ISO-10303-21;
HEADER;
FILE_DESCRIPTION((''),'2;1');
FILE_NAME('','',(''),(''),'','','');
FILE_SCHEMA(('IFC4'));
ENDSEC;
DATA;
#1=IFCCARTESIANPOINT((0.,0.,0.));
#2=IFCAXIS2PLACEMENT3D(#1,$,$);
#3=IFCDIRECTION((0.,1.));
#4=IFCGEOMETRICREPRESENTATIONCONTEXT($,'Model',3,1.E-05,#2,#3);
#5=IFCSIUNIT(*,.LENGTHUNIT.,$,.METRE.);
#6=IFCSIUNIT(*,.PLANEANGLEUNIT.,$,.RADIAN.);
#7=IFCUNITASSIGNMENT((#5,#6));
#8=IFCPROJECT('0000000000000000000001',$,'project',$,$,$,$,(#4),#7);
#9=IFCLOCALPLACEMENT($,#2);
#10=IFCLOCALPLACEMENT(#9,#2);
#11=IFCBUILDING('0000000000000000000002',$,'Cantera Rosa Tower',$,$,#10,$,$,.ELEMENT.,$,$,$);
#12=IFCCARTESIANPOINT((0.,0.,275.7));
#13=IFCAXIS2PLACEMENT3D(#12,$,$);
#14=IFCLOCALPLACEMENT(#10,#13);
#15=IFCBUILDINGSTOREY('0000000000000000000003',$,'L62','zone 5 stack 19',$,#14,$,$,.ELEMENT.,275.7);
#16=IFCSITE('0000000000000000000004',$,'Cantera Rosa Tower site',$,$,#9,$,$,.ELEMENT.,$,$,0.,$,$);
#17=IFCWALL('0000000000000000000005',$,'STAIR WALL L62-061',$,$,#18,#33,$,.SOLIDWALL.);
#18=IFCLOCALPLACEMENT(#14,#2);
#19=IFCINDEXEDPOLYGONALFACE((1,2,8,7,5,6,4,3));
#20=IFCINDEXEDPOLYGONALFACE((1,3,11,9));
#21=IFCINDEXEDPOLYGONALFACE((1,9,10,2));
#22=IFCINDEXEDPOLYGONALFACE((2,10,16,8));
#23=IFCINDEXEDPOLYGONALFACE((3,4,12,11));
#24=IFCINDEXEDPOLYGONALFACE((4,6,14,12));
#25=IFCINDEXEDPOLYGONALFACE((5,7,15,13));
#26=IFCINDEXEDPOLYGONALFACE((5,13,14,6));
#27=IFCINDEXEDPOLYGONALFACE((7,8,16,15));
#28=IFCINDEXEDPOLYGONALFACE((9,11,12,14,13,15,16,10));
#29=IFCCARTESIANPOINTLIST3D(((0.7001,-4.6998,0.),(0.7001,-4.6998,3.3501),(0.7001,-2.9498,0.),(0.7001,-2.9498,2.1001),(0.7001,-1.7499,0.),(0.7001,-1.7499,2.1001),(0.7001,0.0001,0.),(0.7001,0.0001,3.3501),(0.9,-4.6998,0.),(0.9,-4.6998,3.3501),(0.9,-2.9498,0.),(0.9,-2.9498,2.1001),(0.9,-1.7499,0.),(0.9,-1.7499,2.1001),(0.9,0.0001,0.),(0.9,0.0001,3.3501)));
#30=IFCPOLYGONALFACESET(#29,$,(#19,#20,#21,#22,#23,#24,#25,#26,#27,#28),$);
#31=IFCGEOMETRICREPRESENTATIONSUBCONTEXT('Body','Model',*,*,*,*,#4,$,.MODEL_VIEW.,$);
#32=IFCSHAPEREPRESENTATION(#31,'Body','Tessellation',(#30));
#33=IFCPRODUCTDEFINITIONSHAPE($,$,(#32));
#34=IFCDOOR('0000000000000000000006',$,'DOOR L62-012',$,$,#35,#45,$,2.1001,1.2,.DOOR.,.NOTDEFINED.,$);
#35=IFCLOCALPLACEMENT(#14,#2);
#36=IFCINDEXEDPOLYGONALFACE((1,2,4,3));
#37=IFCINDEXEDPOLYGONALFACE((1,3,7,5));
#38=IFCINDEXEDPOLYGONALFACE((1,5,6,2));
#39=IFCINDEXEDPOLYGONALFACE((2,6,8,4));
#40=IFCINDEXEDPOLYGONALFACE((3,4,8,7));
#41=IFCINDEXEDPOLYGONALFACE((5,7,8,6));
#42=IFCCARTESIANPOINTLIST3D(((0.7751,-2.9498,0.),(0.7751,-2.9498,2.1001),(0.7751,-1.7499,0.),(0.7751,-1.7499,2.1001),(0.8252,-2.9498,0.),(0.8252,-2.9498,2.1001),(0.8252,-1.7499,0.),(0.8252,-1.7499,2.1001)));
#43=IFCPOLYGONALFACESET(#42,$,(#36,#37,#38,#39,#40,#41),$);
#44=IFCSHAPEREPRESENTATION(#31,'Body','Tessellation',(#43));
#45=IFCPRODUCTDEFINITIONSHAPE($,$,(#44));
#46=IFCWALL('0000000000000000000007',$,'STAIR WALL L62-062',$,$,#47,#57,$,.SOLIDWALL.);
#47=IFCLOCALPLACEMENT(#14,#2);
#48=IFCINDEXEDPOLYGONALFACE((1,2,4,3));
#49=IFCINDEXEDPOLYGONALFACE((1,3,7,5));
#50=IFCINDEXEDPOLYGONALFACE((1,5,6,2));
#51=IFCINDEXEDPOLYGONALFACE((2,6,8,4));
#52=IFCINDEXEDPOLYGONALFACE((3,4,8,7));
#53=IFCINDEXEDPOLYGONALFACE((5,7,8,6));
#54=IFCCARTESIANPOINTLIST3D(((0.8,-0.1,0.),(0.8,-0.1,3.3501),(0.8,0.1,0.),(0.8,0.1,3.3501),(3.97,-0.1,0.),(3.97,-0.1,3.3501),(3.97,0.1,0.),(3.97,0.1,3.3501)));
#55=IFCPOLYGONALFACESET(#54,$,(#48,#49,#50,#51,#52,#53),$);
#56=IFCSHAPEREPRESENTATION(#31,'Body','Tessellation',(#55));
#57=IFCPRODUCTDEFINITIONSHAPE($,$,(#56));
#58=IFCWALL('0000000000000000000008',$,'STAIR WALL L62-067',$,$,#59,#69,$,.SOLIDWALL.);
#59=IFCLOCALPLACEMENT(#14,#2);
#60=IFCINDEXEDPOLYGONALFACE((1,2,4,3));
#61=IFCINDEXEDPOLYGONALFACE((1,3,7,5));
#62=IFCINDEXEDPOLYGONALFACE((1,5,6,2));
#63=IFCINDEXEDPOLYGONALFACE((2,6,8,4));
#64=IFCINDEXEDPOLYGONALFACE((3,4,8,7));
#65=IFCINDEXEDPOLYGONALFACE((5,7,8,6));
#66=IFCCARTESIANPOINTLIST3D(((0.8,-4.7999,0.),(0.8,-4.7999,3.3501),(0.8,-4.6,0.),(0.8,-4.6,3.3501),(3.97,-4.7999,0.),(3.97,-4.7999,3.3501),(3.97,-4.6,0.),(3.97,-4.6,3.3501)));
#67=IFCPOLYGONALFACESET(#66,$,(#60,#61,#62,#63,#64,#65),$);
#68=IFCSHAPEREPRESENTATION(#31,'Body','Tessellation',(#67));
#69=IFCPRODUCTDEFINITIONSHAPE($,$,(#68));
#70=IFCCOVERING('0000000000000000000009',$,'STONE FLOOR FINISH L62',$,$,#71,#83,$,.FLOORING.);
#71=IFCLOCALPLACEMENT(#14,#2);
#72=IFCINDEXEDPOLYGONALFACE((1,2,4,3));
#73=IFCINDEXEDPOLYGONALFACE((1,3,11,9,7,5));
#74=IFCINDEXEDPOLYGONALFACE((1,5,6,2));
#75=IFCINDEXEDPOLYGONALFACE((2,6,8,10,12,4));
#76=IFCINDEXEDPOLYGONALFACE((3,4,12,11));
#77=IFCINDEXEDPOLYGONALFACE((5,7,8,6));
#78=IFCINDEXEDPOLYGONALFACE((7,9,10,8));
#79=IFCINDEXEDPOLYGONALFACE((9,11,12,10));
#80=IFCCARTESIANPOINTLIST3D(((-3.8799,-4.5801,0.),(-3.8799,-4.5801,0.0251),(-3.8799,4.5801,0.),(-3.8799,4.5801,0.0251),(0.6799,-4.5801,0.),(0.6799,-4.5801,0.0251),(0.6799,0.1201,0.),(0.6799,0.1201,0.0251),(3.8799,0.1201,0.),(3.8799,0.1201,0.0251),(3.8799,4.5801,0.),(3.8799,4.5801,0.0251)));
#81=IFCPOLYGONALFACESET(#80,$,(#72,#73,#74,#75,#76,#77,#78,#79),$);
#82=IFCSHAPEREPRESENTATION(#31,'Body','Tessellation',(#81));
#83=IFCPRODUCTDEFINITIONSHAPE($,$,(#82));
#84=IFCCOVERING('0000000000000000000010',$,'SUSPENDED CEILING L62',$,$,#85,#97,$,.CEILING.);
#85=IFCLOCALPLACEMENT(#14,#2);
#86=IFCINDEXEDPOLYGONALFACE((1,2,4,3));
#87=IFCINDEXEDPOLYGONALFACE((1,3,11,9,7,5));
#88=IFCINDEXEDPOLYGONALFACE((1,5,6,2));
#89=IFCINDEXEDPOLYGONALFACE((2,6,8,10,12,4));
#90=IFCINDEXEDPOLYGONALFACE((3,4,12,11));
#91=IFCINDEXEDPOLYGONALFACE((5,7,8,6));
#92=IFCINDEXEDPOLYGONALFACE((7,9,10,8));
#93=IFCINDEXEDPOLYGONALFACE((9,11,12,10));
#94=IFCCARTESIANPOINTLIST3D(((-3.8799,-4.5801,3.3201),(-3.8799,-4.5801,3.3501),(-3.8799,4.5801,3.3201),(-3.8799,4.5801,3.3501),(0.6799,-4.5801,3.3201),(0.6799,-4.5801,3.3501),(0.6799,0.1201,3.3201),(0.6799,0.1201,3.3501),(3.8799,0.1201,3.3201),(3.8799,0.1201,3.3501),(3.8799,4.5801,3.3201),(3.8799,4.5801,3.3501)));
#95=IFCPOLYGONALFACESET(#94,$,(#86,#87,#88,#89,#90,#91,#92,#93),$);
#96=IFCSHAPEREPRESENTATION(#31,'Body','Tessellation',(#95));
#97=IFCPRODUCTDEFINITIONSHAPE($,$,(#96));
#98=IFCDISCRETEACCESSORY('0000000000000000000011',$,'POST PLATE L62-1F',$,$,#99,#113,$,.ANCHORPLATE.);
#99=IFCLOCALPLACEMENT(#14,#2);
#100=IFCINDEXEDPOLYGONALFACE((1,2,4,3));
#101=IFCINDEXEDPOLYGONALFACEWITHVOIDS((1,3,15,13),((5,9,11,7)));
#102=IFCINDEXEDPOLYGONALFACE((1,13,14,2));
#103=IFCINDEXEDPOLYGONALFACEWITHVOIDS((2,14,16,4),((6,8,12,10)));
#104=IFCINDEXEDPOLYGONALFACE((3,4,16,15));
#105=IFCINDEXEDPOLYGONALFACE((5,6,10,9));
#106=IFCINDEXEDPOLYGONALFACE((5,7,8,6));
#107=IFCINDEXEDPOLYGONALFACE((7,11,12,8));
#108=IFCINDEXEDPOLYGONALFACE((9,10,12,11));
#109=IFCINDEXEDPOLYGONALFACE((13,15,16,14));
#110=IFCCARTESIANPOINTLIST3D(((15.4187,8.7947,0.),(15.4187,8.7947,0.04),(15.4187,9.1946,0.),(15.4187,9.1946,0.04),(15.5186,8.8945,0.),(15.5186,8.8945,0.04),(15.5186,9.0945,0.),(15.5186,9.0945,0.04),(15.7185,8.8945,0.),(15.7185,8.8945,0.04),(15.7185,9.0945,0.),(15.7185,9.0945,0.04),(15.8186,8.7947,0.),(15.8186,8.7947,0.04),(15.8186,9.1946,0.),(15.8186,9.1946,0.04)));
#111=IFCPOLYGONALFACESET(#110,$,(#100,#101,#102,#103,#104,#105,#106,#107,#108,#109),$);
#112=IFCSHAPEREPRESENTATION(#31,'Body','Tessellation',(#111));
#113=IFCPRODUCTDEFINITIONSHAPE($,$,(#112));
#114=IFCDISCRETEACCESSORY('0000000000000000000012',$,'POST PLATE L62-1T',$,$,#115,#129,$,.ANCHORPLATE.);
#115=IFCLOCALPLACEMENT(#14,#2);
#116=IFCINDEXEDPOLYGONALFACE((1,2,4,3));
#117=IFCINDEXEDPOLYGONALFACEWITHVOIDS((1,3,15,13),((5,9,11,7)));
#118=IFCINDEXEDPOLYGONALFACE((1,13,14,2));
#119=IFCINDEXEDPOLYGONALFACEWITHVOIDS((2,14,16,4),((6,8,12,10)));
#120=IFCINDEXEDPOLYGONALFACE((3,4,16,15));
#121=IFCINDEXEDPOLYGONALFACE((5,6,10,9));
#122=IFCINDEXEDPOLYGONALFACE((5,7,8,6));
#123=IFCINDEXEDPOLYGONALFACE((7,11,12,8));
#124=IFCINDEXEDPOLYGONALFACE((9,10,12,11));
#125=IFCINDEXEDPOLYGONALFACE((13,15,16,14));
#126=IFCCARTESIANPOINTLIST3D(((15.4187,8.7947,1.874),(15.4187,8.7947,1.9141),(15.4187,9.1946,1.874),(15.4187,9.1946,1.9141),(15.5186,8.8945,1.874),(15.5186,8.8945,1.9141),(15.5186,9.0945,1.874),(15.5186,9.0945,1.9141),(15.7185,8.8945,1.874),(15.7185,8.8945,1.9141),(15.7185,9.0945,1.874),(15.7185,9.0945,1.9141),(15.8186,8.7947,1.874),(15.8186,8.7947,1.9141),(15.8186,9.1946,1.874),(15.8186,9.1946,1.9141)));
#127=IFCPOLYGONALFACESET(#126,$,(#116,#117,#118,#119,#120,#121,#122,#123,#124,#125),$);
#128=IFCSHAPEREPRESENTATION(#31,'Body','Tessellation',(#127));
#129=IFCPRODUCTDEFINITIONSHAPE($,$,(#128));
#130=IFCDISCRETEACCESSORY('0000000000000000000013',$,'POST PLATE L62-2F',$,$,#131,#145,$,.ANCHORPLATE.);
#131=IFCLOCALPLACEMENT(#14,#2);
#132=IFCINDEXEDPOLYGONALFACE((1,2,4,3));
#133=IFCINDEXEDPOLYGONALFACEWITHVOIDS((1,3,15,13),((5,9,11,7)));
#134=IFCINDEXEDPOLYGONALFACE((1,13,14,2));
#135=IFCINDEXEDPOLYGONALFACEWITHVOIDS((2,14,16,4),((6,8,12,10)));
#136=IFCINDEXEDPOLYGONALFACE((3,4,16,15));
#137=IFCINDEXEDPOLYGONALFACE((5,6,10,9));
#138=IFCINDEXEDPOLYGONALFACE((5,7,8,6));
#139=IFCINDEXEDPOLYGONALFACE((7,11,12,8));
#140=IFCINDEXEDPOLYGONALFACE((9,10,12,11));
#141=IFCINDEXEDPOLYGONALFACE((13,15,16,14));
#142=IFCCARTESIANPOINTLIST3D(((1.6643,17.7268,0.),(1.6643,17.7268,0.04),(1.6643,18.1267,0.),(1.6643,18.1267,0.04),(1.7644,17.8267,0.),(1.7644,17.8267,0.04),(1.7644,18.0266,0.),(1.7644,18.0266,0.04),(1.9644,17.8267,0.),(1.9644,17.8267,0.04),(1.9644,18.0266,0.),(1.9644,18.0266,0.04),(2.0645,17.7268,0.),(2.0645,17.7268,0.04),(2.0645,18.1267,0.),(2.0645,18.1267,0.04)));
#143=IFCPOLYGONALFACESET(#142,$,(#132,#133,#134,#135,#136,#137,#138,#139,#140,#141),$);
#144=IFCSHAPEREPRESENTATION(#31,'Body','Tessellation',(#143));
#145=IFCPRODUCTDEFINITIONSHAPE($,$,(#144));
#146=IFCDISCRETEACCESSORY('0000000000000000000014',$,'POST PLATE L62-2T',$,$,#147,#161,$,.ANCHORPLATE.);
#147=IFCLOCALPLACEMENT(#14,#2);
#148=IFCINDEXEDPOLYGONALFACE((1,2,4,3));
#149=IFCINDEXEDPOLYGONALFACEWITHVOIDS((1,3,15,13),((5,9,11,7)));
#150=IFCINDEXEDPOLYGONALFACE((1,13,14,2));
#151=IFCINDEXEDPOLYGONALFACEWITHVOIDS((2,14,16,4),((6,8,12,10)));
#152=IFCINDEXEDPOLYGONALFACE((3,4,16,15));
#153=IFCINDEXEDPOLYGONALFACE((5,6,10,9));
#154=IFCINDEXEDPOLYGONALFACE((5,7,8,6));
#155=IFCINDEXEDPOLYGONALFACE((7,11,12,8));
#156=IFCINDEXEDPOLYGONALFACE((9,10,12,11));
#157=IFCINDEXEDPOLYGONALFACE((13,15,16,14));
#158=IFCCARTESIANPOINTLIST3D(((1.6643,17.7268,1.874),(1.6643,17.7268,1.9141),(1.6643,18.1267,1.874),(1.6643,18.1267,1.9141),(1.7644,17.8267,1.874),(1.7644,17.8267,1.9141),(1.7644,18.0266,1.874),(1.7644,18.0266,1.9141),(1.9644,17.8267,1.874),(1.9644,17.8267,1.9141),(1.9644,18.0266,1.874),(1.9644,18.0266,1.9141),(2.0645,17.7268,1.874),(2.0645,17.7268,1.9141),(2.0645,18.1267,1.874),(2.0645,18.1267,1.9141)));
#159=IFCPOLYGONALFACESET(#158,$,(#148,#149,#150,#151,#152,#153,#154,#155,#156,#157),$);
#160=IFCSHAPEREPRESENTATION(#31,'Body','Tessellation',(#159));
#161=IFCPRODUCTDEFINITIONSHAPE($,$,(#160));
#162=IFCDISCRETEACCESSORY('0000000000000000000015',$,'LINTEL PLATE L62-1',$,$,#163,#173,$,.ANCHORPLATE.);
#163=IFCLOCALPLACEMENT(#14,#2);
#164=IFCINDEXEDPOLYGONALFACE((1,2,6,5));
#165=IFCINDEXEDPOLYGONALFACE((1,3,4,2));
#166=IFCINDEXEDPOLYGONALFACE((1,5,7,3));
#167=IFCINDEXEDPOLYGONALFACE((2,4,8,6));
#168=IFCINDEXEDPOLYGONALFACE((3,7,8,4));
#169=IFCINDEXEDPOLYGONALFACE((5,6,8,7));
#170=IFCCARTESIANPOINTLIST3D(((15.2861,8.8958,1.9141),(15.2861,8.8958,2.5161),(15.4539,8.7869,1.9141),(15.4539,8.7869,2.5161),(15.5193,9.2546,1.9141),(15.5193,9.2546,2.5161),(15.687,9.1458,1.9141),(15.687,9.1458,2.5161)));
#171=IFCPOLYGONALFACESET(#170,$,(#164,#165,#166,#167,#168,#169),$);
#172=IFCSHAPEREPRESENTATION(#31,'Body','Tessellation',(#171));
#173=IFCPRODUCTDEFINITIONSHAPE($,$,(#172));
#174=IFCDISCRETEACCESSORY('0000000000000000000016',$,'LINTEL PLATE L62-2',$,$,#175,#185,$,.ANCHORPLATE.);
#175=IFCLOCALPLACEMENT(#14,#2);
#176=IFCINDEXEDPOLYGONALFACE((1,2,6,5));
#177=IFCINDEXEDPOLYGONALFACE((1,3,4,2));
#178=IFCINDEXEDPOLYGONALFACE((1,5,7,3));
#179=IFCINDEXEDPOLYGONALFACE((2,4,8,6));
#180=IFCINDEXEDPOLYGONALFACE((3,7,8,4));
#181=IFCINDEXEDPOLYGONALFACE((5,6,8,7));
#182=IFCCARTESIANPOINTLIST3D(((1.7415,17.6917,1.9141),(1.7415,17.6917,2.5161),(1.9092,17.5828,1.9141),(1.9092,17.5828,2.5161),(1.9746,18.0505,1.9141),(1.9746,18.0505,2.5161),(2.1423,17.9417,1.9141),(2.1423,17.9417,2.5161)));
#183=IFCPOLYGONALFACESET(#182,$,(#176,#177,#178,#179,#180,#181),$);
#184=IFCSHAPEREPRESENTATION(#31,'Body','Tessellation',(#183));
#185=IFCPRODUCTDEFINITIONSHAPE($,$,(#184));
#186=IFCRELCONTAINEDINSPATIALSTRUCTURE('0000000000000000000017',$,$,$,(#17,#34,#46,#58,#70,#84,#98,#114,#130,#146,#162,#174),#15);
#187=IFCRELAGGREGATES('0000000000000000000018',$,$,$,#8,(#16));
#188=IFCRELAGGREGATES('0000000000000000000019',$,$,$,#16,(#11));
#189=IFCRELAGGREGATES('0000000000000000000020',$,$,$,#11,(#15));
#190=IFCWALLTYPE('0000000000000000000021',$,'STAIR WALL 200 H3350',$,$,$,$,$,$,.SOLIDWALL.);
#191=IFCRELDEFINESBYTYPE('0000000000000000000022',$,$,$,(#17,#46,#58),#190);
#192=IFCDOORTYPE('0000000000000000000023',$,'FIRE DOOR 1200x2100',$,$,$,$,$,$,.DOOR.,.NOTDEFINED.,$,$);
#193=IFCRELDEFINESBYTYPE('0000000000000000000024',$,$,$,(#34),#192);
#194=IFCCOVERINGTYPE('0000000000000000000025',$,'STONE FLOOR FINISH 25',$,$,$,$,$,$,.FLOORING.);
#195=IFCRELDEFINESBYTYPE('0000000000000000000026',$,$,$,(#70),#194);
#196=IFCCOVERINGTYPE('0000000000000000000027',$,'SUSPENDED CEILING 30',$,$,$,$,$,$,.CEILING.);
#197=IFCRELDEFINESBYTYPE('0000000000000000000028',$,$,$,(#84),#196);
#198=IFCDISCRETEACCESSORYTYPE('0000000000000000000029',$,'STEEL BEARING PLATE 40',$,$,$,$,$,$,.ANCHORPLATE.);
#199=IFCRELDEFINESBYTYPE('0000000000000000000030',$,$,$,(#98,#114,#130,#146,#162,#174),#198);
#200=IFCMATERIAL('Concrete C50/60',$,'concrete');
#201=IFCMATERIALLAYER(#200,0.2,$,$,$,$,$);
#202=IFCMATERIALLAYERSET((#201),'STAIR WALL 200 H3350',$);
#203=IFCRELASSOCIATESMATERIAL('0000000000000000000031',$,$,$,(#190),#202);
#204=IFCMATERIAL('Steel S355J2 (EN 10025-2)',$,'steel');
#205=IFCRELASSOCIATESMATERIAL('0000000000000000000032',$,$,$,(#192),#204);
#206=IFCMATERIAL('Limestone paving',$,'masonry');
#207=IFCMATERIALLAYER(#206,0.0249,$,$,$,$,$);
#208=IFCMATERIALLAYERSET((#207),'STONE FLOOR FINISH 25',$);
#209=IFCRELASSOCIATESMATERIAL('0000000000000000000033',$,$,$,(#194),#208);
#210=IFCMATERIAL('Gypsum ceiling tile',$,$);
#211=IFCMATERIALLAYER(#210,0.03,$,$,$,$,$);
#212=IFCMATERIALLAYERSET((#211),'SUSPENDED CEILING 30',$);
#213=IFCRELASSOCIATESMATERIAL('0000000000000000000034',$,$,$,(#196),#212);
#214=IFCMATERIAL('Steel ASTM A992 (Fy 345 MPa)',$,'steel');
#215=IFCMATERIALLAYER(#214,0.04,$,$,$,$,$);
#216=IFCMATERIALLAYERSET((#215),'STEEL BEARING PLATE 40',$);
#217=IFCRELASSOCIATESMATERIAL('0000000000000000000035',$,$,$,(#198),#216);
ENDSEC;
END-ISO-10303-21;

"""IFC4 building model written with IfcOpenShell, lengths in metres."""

from ifc_helpers import new_model, si_unit, direction, frame, frame_2d, origin, place, context, subcontext, project, spatial, polyline, rectangle, outline, extrude, material, layer, layer_set, type_object, element, fill, save


model = new_model("IFC4")

# Units and contexts
model_context = context("Model", 3, precision=1e-05, world=origin(), true_north=direction((0.0, 1.0)))
body_context = subcontext(model_context, "Body", "Model", "MODEL_VIEW")
ifc_project = project(units=[si_unit("LENGTHUNIT", "METRE"), si_unit("PLANEANGLEUNIT", "RADIAN")], contexts=[model_context])

# Site, building, storey
site_placement = place(None, origin())
site = spatial("IfcSite", under=ifc_project, at=site_placement, Name="Cantera Rosa Tower site", CompositionType="ELEMENT", RefElevation=0.0)
building_placement = place(site_placement, origin())
building = spatial("IfcBuilding", under=site, at=building_placement, Name="Cantera Rosa Tower", CompositionType="ELEMENT")
storey_placement = place(building_placement, frame((0.0, 0.0, 275.7)))
storey = spatial("IfcBuildingStorey", under=building, at=storey_placement, Name="L62", Description="zone 5 stack 19", CompositionType="ELEMENT", Elevation=275.7)

# Wall, opening, door
ifc_material_1 = material(Name="Concrete C50/60", Category="concrete")
ifc_layer_1 = layer(ifc_material_1, 0.2)
ifc_layer_set_1 = layer_set([ifc_layer_1], Name="STAIR WALL 200 H3350")
wall_type_1 = type_object("IfcWallType", Name="STAIR WALL 200 H3350", PredefinedType="SOLIDWALL", material=ifc_layer_set_1)
wall_1_placement = place(storey_placement, frame((0.8, -4.7, 0.0), z_axis=(0.0, 0.0, 1.0), x_axis=(0.0, 1.0, 0.0)))
wall_1 = element("IfcWall", 1, at=wall_1_placement, inside=storey, type_object=wall_type_1, Name="STAIR WALL L62-061", PredefinedType="SOLIDWALL", context=body_context, shape_type="SweptSolid", body=[
    extrude(rectangle(XDim=4.7, YDim=0.2, at=frame_2d((2.3501, 0.0))), origin(), (0.0, 0.0, 1.0), 3.3501),
])
opening_1_placement = place(wall_1_placement, frame((1.75, 0.0, 0.0)))
opening_1 = element("IfcOpeningElement", 2, at=opening_1_placement, cuts=wall_1, PredefinedType="OPENING", context=body_context, shape_type="SweptSolid", body=[
    extrude(rectangle(XDim=1.2, YDim=2.1001, at=frame_2d((0.6001, 1.05))), frame((0.0, 0.1099, 0.0), z_axis=(0.0, -1.0, 0.0), x_axis=(1.0, 0.0, 0.0)), (0.0, 0.0, 1.0), 0.22),
])
ifc_material_2 = material(Name="Steel S355J2 (EN 10025-2)", Category="steel")
door_type_1 = type_object("IfcDoorType", Name="FIRE DOOR 1200x2100", OperationType="NOTDEFINED", PredefinedType="DOOR", material=ifc_material_2)
door_1_placement = place(opening_1_placement, origin())
door_1 = element("IfcDoor", 3, at=door_1_placement, inside=storey, type_object=door_type_1, Name="DOOR L62-012", OperationType="NOTDEFINED", OverallHeight=2.1001, OverallWidth=1.2, PredefinedType="DOOR", context=body_context, shape_type="SweptSolid", body=[
    extrude(rectangle(XDim=1.2, YDim=2.1001, at=frame_2d((0.6001, 1.05))), frame((0.0, 0.0249, 0.0), z_axis=(0.0, -1.0, 0.0), x_axis=(1.0, 0.0, 0.0)), (0.0, 0.0, 1.0), 0.05),
])
fill(opening_1, door_1)

# Walls
for number, where, z_axis, x_axis, name in (
    (4, (0.8, 0.0, 0.0), (0.0, 0.0, 1.0), (1.0, 0.0, 0.0), "STAIR WALL L62-062"),
    (5, (3.97, -4.7, 0.0), (0.0, 0.0, 1.0), (-1.0, 0.0, 0.0), "STAIR WALL L62-067"),
):
    element("IfcWall", number, at=place(storey_placement, frame(where, z_axis=z_axis, x_axis=x_axis)), inside=storey, type_object=wall_type_1, Name=name, PredefinedType="SOLIDWALL", context=body_context, shape_type="SweptSolid", body=[
        extrude(rectangle(XDim=3.1699, YDim=0.2, at=frame_2d((1.585, 0.0))), origin(), (0.0, 0.0, 1.0), 3.3501),
    ])

# Coverings
ifc_material_3 = material(Name="Limestone paving", Category="masonry")
ifc_layer_2 = layer(ifc_material_3, 0.0249)
ifc_layer_set_2 = layer_set([ifc_layer_2], Name="STONE FLOOR FINISH 25")
covering_type_1 = type_object("IfcCoveringType", Name="STONE FLOOR FINISH 25", PredefinedType="FLOORING", material=ifc_layer_set_2)
covering_1_placement = place(storey_placement, origin())
element("IfcCovering", 6, at=covering_1_placement, inside=storey, type_object=covering_type_1, Name="STONE FLOOR FINISH L62", PredefinedType="FLOORING", context=body_context, shape_type="SweptSolid", body=[
    extrude(outline(polyline([(3.8799, 4.5801), (3.8799, 0.1201), (0.6799, 0.1201), (0.6799, -4.5801), (-3.8799, -4.5801), (-3.8799, 4.5801), (3.8799, 4.5801)])), origin(), (0.0, 0.0, 1.0), 0.0251),
])
ifc_material_4 = material(Name="Gypsum ceiling tile")
ifc_layer_3 = layer(ifc_material_4, 0.03)
ifc_layer_set_3 = layer_set([ifc_layer_3], Name="SUSPENDED CEILING 30")
covering_type_2 = type_object("IfcCoveringType", Name="SUSPENDED CEILING 30", PredefinedType="CEILING", material=ifc_layer_set_3)
covering_2_placement = place(storey_placement, frame((0.0, 0.0, 3.3201)))
element("IfcCovering", 7, at=covering_2_placement, inside=storey, type_object=covering_type_2, Name="SUSPENDED CEILING L62", PredefinedType="CEILING", context=body_context, shape_type="SweptSolid", body=[
    extrude(outline(polyline([(3.8799, 4.5801), (3.8799, 0.1201), (0.6799, 0.1201), (0.6799, -4.5801), (-3.8799, -4.5801), (-3.8799, 4.5801), (3.8799, 4.5801)])), origin(), (0.0, 0.0, 1.0), 0.03),
])

# Discrete accessories
ifc_material_5 = material(Name="Steel ASTM A992 (Fy 345 MPa)", Category="steel")
ifc_layer_4 = layer(ifc_material_5, 0.04)
ifc_layer_set_4 = layer_set([ifc_layer_4], Name="STEEL BEARING PLATE 40")
discrete_accessory_type = type_object("IfcDiscreteAccessoryType", Name="STEEL BEARING PLATE 40", PredefinedType="ANCHORPLATE", material=ifc_layer_set_4)
for number, where, name in (
    (8, (0.0, 0.0, 0.0), "POST PLATE L62-1F"),
    (9, (0.0, 0.0, 1.874), "POST PLATE L62-1T"),
):
    element("IfcDiscreteAccessory", number, at=place(storey_placement, frame(where)), inside=storey, type_object=discrete_accessory_type, Name=name, PredefinedType="ANCHORPLATE", context=body_context, shape_type="SweptSolid", body=[
        extrude(outline(polyline([(15.4187, 8.7947), (15.8186, 8.7947), (15.8186, 9.1946), (15.4187, 9.1946), (15.4187, 8.7947)]), holes=[polyline([(15.5186, 8.8945), (15.7185, 8.8945), (15.7185, 9.0945), (15.5186, 9.0945), (15.5186, 8.8945)])]), origin(), (0.0, 0.0, 1.0), 0.04),
    ])
for number, where, name in (
    (10, (0.0, 0.0, 0.0), "POST PLATE L62-2F"),
    (11, (0.0, 0.0, 1.874), "POST PLATE L62-2T"),
):
    element("IfcDiscreteAccessory", number, at=place(storey_placement, frame(where)), inside=storey, type_object=discrete_accessory_type, Name=name, PredefinedType="ANCHORPLATE", context=body_context, shape_type="SweptSolid", body=[
        extrude(outline(polyline([(1.6643, 17.7268), (2.0645, 17.7268), (2.0645, 18.1267), (1.6643, 18.1267), (1.6643, 17.7268)]), holes=[polyline([(1.7644, 17.8267), (1.9644, 17.8267), (1.9644, 18.0266), (1.7644, 18.0266), (1.7644, 17.8267)])]), origin(), (0.0, 0.0, 1.0), 0.04),
    ])
discrete_accessory_1_placement = place(storey_placement, frame((0.0, 0.0, 1.9141)))
element("IfcDiscreteAccessory", 12, at=discrete_accessory_1_placement, inside=storey, type_object=discrete_accessory_type, Name="LINTEL PLATE L62-1", PredefinedType="ANCHORPLATE", context=body_context, shape_type="SweptSolid", body=[
    extrude(outline(polyline([(15.2861, 8.8958), (15.4539, 8.7869), (15.687, 9.1458), (15.5193, 9.2546), (15.2861, 8.8958)])), origin(), (0.0, 0.0, 1.0), 0.6021),
])
discrete_accessory_2_placement = place(storey_placement, frame((0.0, 0.0, 1.9141)))
element("IfcDiscreteAccessory", 13, at=discrete_accessory_2_placement, inside=storey, type_object=discrete_accessory_type, Name="LINTEL PLATE L62-2", PredefinedType="ANCHORPLATE", context=body_context, shape_type="SweptSolid", body=[
    extrude(outline(polyline([(2.1423, 17.9417), (1.9746, 18.0505), (1.7415, 17.6917), (1.9092, 17.5828), (2.1423, 17.9417)])), origin(), (0.0, 0.0, 1.0), 0.6021),
])

save(model, "model.ifc")
